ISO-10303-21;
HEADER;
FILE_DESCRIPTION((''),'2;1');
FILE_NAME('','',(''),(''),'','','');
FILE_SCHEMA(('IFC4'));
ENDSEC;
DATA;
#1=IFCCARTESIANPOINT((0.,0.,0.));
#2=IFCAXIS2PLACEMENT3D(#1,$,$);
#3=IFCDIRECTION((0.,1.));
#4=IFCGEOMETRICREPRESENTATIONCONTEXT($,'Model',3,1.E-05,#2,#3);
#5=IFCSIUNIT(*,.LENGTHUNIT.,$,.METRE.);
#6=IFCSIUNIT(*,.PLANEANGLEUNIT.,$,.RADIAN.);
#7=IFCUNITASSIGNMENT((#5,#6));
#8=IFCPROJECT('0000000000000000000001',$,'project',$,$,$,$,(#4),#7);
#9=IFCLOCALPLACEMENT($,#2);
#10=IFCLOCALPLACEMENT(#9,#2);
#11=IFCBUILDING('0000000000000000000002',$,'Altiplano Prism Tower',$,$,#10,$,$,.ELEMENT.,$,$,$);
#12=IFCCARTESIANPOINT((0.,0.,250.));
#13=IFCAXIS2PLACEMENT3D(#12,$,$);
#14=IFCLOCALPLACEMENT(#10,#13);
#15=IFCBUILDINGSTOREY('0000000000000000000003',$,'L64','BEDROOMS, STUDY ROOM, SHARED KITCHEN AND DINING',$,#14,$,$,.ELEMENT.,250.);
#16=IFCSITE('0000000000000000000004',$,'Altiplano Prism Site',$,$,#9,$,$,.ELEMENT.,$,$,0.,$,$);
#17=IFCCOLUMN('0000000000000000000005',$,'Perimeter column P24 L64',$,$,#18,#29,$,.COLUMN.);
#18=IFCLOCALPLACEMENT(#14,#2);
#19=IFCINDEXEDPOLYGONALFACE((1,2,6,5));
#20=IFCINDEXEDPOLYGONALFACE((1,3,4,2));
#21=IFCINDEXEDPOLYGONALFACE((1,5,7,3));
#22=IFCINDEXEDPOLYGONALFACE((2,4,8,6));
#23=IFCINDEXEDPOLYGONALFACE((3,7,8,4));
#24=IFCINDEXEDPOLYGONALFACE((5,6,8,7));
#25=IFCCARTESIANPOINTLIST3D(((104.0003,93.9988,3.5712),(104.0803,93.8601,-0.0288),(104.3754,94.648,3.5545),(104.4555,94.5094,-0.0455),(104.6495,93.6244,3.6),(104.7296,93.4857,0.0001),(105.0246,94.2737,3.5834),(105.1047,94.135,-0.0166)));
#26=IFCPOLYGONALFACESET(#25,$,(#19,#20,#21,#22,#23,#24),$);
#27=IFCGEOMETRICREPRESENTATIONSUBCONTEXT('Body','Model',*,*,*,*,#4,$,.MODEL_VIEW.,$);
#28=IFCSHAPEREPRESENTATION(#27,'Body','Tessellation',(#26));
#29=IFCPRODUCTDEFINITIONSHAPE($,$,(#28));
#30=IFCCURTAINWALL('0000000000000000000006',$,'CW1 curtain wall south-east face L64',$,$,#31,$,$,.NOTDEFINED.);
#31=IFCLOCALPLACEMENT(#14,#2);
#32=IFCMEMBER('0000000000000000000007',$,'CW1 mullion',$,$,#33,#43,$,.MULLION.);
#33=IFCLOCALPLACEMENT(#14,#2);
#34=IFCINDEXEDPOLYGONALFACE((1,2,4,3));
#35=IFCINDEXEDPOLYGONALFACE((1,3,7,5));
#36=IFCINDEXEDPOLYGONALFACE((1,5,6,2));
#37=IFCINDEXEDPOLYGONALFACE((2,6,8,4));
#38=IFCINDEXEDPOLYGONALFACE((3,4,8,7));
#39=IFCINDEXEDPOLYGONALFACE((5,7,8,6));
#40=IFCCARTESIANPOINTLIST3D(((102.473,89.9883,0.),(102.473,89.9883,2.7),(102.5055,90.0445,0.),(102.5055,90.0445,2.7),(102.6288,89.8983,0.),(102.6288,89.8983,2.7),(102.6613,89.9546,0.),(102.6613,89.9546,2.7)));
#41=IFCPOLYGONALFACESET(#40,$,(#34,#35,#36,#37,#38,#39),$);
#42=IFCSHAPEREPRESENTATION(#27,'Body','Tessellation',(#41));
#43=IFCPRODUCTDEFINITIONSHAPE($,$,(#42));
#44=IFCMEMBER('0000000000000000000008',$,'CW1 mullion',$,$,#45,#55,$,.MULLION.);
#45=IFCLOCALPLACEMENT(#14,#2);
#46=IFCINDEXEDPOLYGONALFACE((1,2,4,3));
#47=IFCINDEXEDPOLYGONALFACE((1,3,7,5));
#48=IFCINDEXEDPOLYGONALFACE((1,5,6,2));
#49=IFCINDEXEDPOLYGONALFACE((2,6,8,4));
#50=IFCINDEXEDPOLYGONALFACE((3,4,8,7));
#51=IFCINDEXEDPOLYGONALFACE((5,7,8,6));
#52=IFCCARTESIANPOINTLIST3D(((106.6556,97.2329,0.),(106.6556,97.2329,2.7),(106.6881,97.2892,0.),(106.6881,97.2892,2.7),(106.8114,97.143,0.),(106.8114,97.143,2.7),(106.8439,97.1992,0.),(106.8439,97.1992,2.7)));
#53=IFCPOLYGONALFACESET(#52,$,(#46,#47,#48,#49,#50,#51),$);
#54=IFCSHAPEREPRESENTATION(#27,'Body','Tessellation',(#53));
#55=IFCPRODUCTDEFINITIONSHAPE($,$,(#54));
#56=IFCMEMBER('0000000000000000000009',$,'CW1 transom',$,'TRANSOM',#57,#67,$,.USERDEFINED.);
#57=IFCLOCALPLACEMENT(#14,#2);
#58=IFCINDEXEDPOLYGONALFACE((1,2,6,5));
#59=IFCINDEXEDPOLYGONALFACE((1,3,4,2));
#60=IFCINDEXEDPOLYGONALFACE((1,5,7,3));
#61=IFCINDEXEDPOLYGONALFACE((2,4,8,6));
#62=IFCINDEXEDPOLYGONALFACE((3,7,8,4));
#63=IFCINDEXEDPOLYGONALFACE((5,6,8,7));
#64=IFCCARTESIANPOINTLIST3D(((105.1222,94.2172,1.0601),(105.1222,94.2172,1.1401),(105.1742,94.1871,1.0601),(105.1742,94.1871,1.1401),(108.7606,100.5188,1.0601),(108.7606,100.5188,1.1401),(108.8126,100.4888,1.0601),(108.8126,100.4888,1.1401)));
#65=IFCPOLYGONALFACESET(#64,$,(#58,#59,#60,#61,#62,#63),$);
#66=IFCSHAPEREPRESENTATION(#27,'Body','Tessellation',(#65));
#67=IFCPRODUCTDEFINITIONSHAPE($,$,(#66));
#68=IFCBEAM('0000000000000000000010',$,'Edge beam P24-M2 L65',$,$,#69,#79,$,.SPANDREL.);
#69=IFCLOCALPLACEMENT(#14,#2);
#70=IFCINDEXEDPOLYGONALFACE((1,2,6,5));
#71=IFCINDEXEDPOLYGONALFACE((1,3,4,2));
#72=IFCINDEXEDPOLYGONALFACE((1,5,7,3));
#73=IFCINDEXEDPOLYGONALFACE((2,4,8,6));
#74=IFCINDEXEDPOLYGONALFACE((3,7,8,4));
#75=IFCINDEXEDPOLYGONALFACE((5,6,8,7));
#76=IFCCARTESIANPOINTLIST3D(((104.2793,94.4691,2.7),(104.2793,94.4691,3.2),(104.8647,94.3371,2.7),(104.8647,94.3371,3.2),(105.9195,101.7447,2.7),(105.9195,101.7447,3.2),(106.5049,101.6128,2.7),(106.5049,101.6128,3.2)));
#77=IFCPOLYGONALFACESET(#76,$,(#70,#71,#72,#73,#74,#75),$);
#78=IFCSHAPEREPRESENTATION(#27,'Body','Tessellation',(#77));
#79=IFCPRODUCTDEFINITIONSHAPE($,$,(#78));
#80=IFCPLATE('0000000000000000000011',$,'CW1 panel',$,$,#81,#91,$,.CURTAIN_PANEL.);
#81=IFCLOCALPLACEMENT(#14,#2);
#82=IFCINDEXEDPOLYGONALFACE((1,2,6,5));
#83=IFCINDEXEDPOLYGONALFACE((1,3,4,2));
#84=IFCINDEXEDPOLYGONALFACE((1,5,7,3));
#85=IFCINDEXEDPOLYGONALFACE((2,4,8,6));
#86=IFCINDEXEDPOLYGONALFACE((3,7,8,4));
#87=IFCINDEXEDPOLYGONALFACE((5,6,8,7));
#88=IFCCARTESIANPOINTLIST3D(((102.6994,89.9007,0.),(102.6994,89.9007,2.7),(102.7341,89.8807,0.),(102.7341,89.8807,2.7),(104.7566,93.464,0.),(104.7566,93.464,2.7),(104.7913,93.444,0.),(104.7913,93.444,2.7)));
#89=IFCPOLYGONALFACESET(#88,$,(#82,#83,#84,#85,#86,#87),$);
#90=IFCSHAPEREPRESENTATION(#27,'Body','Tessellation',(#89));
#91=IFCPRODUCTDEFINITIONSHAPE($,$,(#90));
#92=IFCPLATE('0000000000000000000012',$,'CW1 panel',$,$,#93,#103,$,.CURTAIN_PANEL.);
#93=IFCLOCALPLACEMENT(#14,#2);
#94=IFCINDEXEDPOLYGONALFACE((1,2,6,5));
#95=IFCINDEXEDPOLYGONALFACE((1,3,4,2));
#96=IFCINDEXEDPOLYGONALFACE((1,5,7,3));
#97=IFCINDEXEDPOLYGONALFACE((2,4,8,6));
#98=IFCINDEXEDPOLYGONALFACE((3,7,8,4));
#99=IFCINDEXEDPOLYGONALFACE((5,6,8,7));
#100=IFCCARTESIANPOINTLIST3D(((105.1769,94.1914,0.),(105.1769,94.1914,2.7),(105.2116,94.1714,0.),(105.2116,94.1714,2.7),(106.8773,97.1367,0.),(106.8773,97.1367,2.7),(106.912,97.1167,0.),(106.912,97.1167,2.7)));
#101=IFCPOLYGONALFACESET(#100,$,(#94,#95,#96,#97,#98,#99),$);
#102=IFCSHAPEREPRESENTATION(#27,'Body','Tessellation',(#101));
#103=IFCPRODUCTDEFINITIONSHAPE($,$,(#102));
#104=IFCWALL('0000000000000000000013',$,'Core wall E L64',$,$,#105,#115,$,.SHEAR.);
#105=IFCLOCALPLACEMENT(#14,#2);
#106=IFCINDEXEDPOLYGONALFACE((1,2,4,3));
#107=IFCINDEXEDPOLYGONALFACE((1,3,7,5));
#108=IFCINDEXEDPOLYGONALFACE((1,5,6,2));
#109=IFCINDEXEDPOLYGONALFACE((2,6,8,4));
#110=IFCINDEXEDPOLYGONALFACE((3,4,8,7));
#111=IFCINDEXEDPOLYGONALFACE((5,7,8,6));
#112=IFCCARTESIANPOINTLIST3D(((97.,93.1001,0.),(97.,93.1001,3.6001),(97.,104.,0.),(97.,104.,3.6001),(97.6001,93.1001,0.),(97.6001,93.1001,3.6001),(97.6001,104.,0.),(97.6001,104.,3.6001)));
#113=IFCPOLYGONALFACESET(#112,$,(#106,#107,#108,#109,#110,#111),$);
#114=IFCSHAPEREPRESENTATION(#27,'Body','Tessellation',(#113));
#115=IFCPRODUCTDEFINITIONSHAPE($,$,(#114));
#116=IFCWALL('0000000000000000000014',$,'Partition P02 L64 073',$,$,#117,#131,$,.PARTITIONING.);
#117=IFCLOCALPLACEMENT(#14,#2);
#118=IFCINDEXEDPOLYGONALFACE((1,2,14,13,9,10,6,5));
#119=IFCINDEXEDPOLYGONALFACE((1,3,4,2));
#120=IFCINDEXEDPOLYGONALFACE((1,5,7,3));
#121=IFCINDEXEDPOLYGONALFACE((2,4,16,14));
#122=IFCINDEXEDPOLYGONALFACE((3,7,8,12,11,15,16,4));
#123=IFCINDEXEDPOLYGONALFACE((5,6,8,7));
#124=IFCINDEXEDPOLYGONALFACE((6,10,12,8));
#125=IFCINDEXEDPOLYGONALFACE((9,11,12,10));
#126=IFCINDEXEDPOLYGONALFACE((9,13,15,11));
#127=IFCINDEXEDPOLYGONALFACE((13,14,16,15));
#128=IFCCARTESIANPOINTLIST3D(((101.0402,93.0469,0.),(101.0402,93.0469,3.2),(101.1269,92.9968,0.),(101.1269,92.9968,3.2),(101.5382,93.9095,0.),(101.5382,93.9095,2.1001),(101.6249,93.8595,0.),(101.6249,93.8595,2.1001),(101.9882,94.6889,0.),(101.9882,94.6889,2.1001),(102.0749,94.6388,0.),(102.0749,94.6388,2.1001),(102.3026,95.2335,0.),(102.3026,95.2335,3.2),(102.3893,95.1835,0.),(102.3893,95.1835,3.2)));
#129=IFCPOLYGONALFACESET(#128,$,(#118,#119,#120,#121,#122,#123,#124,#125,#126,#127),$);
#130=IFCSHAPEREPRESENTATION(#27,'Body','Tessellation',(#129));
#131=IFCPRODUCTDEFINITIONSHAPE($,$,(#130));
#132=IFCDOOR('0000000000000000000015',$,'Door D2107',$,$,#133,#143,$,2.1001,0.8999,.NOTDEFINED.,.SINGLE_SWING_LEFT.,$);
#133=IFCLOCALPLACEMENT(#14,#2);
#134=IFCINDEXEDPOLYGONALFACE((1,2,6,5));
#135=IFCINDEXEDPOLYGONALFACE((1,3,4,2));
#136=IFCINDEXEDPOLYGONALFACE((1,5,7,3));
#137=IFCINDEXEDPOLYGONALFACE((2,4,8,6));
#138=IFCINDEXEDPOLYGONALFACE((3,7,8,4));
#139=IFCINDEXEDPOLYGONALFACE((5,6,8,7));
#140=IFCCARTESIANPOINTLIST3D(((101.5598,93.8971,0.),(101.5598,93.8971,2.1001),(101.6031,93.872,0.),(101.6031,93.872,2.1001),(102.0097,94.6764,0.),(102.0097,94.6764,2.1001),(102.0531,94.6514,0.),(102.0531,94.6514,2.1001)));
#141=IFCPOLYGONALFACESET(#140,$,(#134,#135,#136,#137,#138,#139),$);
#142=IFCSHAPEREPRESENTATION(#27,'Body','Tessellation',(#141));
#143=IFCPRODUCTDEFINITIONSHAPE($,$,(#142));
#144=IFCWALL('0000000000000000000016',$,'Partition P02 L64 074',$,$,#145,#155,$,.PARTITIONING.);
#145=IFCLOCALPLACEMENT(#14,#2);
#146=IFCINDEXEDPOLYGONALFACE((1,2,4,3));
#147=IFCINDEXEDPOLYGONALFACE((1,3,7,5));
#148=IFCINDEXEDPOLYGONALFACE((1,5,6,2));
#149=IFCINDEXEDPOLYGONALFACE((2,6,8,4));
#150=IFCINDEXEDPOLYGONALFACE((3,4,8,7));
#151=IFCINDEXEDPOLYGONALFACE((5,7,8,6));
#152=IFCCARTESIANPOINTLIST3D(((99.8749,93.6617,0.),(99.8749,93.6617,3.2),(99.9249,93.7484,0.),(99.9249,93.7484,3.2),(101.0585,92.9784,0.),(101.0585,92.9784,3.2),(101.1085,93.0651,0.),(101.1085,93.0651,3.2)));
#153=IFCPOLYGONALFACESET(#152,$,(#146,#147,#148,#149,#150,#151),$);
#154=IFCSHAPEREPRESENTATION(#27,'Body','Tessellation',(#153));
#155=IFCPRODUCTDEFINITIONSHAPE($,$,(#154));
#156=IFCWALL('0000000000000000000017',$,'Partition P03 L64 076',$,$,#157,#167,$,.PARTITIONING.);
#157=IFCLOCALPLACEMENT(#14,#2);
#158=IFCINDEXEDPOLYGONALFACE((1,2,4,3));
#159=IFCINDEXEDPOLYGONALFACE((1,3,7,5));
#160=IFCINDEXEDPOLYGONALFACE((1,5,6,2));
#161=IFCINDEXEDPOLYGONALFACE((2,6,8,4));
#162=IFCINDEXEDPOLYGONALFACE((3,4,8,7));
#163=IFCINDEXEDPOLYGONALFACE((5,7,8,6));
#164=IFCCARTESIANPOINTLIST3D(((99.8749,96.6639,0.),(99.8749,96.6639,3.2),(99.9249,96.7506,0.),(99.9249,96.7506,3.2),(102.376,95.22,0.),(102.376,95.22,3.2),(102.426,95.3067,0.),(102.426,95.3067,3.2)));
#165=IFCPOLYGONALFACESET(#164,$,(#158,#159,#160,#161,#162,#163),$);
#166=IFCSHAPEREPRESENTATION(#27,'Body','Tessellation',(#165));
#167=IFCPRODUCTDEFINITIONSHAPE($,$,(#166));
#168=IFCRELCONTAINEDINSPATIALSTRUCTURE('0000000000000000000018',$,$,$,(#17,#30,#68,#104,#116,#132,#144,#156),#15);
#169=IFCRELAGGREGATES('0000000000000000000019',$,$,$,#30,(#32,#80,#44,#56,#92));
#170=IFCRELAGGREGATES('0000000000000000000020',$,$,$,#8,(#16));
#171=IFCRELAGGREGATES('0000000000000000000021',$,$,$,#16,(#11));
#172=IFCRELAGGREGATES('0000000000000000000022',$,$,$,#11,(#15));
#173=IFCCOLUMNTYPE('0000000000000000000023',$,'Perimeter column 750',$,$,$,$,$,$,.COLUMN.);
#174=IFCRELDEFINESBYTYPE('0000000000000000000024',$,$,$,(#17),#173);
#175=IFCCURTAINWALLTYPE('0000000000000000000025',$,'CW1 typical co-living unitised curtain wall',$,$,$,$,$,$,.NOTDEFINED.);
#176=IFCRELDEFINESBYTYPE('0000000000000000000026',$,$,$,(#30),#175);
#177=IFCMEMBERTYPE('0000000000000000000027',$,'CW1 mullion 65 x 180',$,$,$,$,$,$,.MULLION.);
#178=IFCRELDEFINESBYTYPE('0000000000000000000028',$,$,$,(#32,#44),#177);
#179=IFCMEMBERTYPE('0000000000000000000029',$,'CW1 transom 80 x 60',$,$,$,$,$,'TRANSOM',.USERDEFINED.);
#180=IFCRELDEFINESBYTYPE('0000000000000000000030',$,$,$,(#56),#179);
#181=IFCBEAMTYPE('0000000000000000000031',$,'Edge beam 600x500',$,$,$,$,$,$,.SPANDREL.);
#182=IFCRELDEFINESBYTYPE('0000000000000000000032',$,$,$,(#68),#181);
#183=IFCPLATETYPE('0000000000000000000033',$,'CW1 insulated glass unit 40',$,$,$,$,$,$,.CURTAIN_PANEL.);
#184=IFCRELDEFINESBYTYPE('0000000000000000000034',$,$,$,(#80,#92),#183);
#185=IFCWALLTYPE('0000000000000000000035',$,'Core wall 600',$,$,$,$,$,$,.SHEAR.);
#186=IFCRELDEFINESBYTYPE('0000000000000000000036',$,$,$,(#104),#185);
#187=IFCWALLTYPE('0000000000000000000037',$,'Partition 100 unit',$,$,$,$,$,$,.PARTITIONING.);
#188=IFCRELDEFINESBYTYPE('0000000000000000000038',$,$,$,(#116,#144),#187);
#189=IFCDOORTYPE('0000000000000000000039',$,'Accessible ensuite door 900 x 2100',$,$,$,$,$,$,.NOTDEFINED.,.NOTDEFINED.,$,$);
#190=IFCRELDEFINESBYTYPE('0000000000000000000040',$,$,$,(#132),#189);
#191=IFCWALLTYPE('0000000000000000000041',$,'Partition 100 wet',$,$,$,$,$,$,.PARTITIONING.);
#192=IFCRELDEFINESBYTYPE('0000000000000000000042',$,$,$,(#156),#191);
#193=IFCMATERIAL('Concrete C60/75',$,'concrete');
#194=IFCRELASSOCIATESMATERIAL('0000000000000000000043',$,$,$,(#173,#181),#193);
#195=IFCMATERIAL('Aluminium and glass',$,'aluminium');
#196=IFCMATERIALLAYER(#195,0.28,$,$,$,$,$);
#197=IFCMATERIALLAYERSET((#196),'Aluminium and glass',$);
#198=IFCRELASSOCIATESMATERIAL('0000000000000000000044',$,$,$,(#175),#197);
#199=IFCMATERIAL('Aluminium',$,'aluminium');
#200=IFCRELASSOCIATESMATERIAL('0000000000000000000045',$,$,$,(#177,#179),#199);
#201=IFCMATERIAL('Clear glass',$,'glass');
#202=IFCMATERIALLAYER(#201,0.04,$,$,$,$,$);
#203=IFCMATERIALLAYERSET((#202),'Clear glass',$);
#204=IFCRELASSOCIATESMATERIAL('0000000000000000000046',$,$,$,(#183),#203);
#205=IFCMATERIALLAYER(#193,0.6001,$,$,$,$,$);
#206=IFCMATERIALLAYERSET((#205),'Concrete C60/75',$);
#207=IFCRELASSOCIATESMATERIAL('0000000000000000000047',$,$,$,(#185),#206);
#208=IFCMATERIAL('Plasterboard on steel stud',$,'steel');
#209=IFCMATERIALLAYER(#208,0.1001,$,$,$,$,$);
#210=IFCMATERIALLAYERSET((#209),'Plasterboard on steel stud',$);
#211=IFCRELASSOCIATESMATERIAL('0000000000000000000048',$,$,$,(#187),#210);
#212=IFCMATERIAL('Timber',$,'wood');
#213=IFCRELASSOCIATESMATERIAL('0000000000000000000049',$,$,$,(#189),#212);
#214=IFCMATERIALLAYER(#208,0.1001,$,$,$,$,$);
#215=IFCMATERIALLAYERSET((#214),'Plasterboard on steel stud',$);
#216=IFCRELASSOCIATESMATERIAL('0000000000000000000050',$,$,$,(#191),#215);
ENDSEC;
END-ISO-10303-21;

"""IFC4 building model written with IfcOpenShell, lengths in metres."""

from ifc_helpers import new_model, si_unit, direction, frame, frame_2d, origin, origin_2d, place, context, subcontext, project, spatial, rectangle, extrude, material, layer, layer_set, material_profile, profile_set, type_object, element, fill, aggregate, save


model = new_model("IFC4")

# Units and contexts
model_context = context("Model", 3, precision=1e-05, world=origin(), true_north=direction((0.0, 1.0)))
body_context = subcontext(model_context, "Body", "Model", "MODEL_VIEW")
ifc_project = project(units=[si_unit("LENGTHUNIT", "METRE"), si_unit("PLANEANGLEUNIT", "RADIAN")], contexts=[model_context])

# Site, building, storey
site_placement = place(None, origin())
site = spatial("IfcSite", under=ifc_project, at=site_placement, Name="Altiplano Prism Site", CompositionType="ELEMENT", RefElevation=0.0)
building_placement = place(site_placement, origin())
building = spatial("IfcBuilding", under=site, at=building_placement, Name="Altiplano Prism Tower", CompositionType="ELEMENT")
storey_placement = place(building_placement, frame((0.0, 0.0, 250.0)))
storey = spatial("IfcBuildingStorey", under=building, at=storey_placement, Name="L64", Description="BEDROOMS, STUDY ROOM, SHARED KITCHEN AND DINING", CompositionType="ELEMENT", Elevation=250.0)

# Column
ifc_material_1 = material(Name="Concrete C60/75", Category="concrete")
ifc_material_profile_1 = material_profile(ifc_material_1, rectangle(XDim=0.75, YDim=0.75, at=origin_2d()), Name="Perimeter column 750")
ifc_profile_set_1 = profile_set([ifc_material_profile_1], Name="Concrete C60/75")
column_type = type_object("IfcColumnType", Name="Perimeter column 750", PredefinedType="COLUMN", material=ifc_profile_set_1)
column_placement = place(storey_placement, frame((104.5925, 93.9976, -0.0227), z_axis=(-0.022223, 0.038483, 0.999012), x_axis=(-0.50017, -0.865642, 0.02222)))
element("IfcColumn", 1, at=column_placement, inside=storey, type_object=column_type, Name="Perimeter column P24 L64", PredefinedType="COLUMN", context=body_context, shape_type="SweptSolid", body=[
    extrude(rectangle(XDim=0.75, YDim=0.75, at=origin_2d()), origin(), (0.0, 0.0, 1.0), 3.6035),
])

# Curtain wall, members
ifc_material_2 = material(Name="Aluminium and glass", Category="aluminium")
ifc_layer_1 = layer(ifc_material_2, 0.28)
ifc_layer_set_1 = layer_set([ifc_layer_1], Name="Aluminium and glass")
curtain_wall_type = type_object("IfcCurtainWallType", Name="CW1 typical co-living unitised curtain wall", PredefinedType="NOTDEFINED", material=ifc_layer_set_1)
curtain_wall_placement = place(storey_placement, origin())
curtain_wall = element("IfcCurtainWall", 2, at=curtain_wall_placement, inside=storey, type_object=curtain_wall_type, Name="CW1 curtain wall south-east face L64", PredefinedType="NOTDEFINED")
ifc_material_3 = material(Name="Aluminium", Category="aluminium")
ifc_material_profile_2 = material_profile(ifc_material_3, rectangle(XDim=0.1799, YDim=0.0649, at=origin_2d()), Name="CW1 mullion 65 x 180")
ifc_profile_set_2 = profile_set([ifc_material_profile_2], Name="Aluminium")
member_type_1 = type_object("IfcMemberType", Name="CW1 mullion 65 x 180", PredefinedType="MULLION", material=ifc_profile_set_2)
member_1_placement = place(storey_placement, frame((102.5671, 89.9714, 0.0), z_axis=(0.0, 0.0, 1.0), x_axis=(-0.866025, 0.5, 0.0)))
member_1 = element("IfcMember", 3, at=member_1_placement, type_object=member_type_1, Name="CW1 mullion", PredefinedType="MULLION", context=body_context, shape_type="SweptSolid", body=[
    extrude(rectangle(XDim=0.1799, YDim=0.0649, at=origin_2d()), origin(), (0.0, 0.0, 1.0), 2.7),
])
member_2_placement = place(storey_placement, frame((106.7498, 97.2161, 0.0), z_axis=(0.0, 0.0, 1.0), x_axis=(-0.866025, 0.5, 0.0)))
member_2 = element("IfcMember", 4, at=member_2_placement, type_object=member_type_1, Name="CW1 mullion", PredefinedType="MULLION", context=body_context, shape_type="SweptSolid", body=[
    extrude(rectangle(XDim=0.1799, YDim=0.0649, at=origin_2d()), origin(), (0.0, 0.0, 1.0), 2.7),
])
ifc_material_profile_3 = material_profile(ifc_material_3, rectangle(XDim=0.0601, YDim=0.0801, at=origin_2d()), Name="CW1 transom 80 x 60")
ifc_profile_set_3 = profile_set([ifc_material_profile_3], Name="Aluminium")
member_type_2 = type_object("IfcMemberType", Name="CW1 transom 80 x 60", ElementType="TRANSOM", PredefinedType="USERDEFINED", material=ifc_profile_set_3)
member_3_placement = place(storey_placement, frame((105.1482, 94.2021, 1.1001), z_axis=(0.500011, 0.866019, 0.0), x_axis=(-0.866019, 0.500011, 0.0)))
member_3 = element("IfcMember", 5, at=member_3_placement, type_object=member_type_2, Name="CW1 transom", ObjectType="TRANSOM", PredefinedType="USERDEFINED", context=body_context, shape_type="SweptSolid", body=[
    extrude(rectangle(XDim=0.0601, YDim=0.0801, at=origin_2d()), origin(), (0.0, 0.0, 1.0), 7.2766),
])

# Beam
ifc_material_profile_4 = material_profile(ifc_material_1, rectangle(XDim=0.6001, YDim=0.5, at=origin_2d()), Name="Edge beam 600x500")
ifc_profile_set_4 = profile_set([ifc_material_profile_4], Name="Concrete C60/75")
beam_type = type_object("IfcBeamType", Name="Edge beam 600x500", PredefinedType="SPANDREL", material=ifc_profile_set_4)
beam_placement = place(storey_placement, frame((104.572, 94.4031, 2.95), z_axis=(0.21991, 0.97552, 0.0), x_axis=(-0.97552, 0.21991, 0.0)))
element("IfcBeam", 6, at=beam_placement, inside=storey, type_object=beam_type, Name="Edge beam P24-M2 L65", PredefinedType="SPANDREL", context=body_context, shape_type="SweptSolid", body=[
    extrude(rectangle(XDim=0.6001, YDim=0.5, at=origin_2d()), origin(), (0.0, 0.0, 1.0), 7.4583),
])

# Plates
ifc_material_4 = material(Name="Clear glass", Category="glass")
ifc_layer_2 = layer(ifc_material_4, 0.04)
ifc_layer_set_2 = layer_set([ifc_layer_2], Name="Clear glass")
plate_type = type_object("IfcPlateType", Name="CW1 insulated glass unit 40", PredefinedType="CURTAIN_PANEL", material=ifc_layer_set_2)
plate_1_placement = place(storey_placement, frame((103.7454, 91.6724, 0.0), z_axis=(0.0, 0.0, 1.0), x_axis=(0.5, 0.866025, 0.0)))
plate_1 = element("IfcPlate", 7, at=plate_1_placement, type_object=plate_type, Name="CW1 panel", PredefinedType="CURTAIN_PANEL", context=body_context, shape_type="SweptSolid", body=[
    extrude(rectangle(XDim=4.1145, YDim=0.04, at=origin_2d()), origin(), (0.0, 0.0, 1.0), 2.7),
])
plate_2_placement = place(storey_placement, frame((106.0444, 95.6541, 0.0), z_axis=(0.0, 0.0, 1.0), x_axis=(0.5, 0.866025, 0.0)))
plate_2 = element("IfcPlate", 8, at=plate_2_placement, type_object=plate_type, Name="CW1 panel", PredefinedType="CURTAIN_PANEL", context=body_context, shape_type="SweptSolid", body=[
    extrude(rectangle(XDim=3.4009, YDim=0.04, at=origin_2d()), origin(), (0.0, 0.0, 1.0), 2.7),
])
aggregate(curtain_wall, [member_1, plate_1, member_2, member_3, plate_2])

# Wall
ifc_layer_3 = layer(ifc_material_1, 0.6001)
ifc_layer_set_3 = layer_set([ifc_layer_3], Name="Concrete C60/75")
wall_type_1 = type_object("IfcWallType", Name="Core wall 600", PredefinedType="SHEAR", material=ifc_layer_set_3)
wall_1_placement = place(storey_placement, frame((97.3, 93.1001, 0.0), z_axis=(0.0, 0.0, 1.0), x_axis=(0.0, 1.0, 0.0)))
element("IfcWall", 9, at=wall_1_placement, inside=storey, type_object=wall_type_1, Name="Core wall E L64", PredefinedType="SHEAR", context=body_context, shape_type="SweptSolid", body=[
    extrude(rectangle(XDim=10.8999, YDim=0.6001, at=frame_2d((5.45, 0.0))), origin(), (0.0, 0.0, 1.0), 3.6001),
])

# Wall, opening, door
ifc_material_5 = material(Name="Plasterboard on steel stud", Category="steel")
ifc_layer_4 = layer(ifc_material_5, 0.1001)
ifc_layer_set_4 = layer_set([ifc_layer_4], Name="Plasterboard on steel stud")
wall_type_2 = type_object("IfcWallType", Name="Partition 100 unit", PredefinedType="PARTITIONING", material=ifc_layer_set_4)
wall_2_placement = place(storey_placement, frame((102.3459, 95.2085, 0.0), z_axis=(0.0, 0.0, 1.0), x_axis=(-0.499976, -0.866039, 0.0)))
wall_2 = element("IfcWall", 10, at=wall_2_placement, inside=storey, type_object=wall_type_2, Name="Partition P02 L64 073", PredefinedType="PARTITIONING", context=body_context, shape_type="SweptSolid", body=[
    extrude(rectangle(XDim=2.5249, YDim=0.1001, at=frame_2d((1.2625, 0.0))), origin(), (0.0, 0.0, 1.0), 3.2),
])
opening_1_placement = place(wall_2_placement, frame((0.6289, 0.0, 0.0)))
opening_1 = element("IfcOpeningElement", 11, at=opening_1_placement, cuts=wall_2, PredefinedType="OPENING", context=body_context, shape_type="SweptSolid", body=[
    extrude(rectangle(XDim=0.8999, YDim=2.1001, at=frame_2d((0.45, 1.05))), frame((0.0, 0.0605, 0.0), z_axis=(0.0, -1.0, 0.0), x_axis=(1.0, 0.0, 0.0)), (0.0, 0.0, 1.0), 0.1211),
])
ifc_material_6 = material(Name="Timber", Category="wood")
door_type_1 = type_object("IfcDoorType", Name="Accessible ensuite door 900 x 2100", OperationType="NOTDEFINED", PredefinedType="NOTDEFINED", material=ifc_material_6)
door_1_placement = place(opening_1_placement, origin())
door_1 = element("IfcDoor", 12, at=door_1_placement, inside=storey, type_object=door_type_1, Name="Door D2107", OperationType="SINGLE_SWING_LEFT", OverallHeight=2.1001, OverallWidth=0.8999, PredefinedType="NOTDEFINED", context=body_context, shape_type="SweptSolid", body=[
    extrude(rectangle(XDim=0.8999, YDim=2.1001, at=frame_2d((0.45, 1.05))), frame((0.0, 0.0249, 0.0), z_axis=(0.0, -1.0, 0.0), x_axis=(1.0, 0.0, 0.0)), (0.0, 0.0, 1.0), 0.05),
])
fill(opening_1, door_1)

# Walls
wall_3_placement = place(storey_placement, frame((101.0835, 93.0217, 0.0), z_axis=(0.0, 0.0, 1.0), x_axis=(-0.866025, 0.500001, 0.0)))
element("IfcWall", 13, at=wall_3_placement, inside=storey, type_object=wall_type_2, Name="Partition P02 L64 074", PredefinedType="PARTITIONING", context=body_context, shape_type="SweptSolid", body=[
    extrude(rectangle(XDim=1.3667, YDim=0.1001, at=frame_2d((0.6833, 0.0))), origin(), (0.0, 0.0, 1.0), 3.2),
])
ifc_layer_5 = layer(ifc_material_5, 0.1001)
ifc_layer_set_5 = layer_set([ifc_layer_5], Name="Plasterboard on steel stud")
wall_type_3 = type_object("IfcWallType", Name="Partition 100 wet", PredefinedType="PARTITIONING", material=ifc_layer_set_5)
wall_4_placement = place(storey_placement, frame((102.4009, 95.2634, 0.0), z_axis=(0.0, 0.0, 1.0), x_axis=(-0.866039, 0.499976, 0.0)))
element("IfcWall", 14, at=wall_4_placement, inside=storey, type_object=wall_type_3, Name="Partition P03 L64 076", PredefinedType="PARTITIONING", context=body_context, shape_type="SweptSolid", body=[
    extrude(rectangle(XDim=2.8879, YDim=0.1001, at=frame_2d((1.4438, 0.0))), origin(), (0.0, 0.0, 1.0), 3.2),
])

save(model, "model.ifc")
